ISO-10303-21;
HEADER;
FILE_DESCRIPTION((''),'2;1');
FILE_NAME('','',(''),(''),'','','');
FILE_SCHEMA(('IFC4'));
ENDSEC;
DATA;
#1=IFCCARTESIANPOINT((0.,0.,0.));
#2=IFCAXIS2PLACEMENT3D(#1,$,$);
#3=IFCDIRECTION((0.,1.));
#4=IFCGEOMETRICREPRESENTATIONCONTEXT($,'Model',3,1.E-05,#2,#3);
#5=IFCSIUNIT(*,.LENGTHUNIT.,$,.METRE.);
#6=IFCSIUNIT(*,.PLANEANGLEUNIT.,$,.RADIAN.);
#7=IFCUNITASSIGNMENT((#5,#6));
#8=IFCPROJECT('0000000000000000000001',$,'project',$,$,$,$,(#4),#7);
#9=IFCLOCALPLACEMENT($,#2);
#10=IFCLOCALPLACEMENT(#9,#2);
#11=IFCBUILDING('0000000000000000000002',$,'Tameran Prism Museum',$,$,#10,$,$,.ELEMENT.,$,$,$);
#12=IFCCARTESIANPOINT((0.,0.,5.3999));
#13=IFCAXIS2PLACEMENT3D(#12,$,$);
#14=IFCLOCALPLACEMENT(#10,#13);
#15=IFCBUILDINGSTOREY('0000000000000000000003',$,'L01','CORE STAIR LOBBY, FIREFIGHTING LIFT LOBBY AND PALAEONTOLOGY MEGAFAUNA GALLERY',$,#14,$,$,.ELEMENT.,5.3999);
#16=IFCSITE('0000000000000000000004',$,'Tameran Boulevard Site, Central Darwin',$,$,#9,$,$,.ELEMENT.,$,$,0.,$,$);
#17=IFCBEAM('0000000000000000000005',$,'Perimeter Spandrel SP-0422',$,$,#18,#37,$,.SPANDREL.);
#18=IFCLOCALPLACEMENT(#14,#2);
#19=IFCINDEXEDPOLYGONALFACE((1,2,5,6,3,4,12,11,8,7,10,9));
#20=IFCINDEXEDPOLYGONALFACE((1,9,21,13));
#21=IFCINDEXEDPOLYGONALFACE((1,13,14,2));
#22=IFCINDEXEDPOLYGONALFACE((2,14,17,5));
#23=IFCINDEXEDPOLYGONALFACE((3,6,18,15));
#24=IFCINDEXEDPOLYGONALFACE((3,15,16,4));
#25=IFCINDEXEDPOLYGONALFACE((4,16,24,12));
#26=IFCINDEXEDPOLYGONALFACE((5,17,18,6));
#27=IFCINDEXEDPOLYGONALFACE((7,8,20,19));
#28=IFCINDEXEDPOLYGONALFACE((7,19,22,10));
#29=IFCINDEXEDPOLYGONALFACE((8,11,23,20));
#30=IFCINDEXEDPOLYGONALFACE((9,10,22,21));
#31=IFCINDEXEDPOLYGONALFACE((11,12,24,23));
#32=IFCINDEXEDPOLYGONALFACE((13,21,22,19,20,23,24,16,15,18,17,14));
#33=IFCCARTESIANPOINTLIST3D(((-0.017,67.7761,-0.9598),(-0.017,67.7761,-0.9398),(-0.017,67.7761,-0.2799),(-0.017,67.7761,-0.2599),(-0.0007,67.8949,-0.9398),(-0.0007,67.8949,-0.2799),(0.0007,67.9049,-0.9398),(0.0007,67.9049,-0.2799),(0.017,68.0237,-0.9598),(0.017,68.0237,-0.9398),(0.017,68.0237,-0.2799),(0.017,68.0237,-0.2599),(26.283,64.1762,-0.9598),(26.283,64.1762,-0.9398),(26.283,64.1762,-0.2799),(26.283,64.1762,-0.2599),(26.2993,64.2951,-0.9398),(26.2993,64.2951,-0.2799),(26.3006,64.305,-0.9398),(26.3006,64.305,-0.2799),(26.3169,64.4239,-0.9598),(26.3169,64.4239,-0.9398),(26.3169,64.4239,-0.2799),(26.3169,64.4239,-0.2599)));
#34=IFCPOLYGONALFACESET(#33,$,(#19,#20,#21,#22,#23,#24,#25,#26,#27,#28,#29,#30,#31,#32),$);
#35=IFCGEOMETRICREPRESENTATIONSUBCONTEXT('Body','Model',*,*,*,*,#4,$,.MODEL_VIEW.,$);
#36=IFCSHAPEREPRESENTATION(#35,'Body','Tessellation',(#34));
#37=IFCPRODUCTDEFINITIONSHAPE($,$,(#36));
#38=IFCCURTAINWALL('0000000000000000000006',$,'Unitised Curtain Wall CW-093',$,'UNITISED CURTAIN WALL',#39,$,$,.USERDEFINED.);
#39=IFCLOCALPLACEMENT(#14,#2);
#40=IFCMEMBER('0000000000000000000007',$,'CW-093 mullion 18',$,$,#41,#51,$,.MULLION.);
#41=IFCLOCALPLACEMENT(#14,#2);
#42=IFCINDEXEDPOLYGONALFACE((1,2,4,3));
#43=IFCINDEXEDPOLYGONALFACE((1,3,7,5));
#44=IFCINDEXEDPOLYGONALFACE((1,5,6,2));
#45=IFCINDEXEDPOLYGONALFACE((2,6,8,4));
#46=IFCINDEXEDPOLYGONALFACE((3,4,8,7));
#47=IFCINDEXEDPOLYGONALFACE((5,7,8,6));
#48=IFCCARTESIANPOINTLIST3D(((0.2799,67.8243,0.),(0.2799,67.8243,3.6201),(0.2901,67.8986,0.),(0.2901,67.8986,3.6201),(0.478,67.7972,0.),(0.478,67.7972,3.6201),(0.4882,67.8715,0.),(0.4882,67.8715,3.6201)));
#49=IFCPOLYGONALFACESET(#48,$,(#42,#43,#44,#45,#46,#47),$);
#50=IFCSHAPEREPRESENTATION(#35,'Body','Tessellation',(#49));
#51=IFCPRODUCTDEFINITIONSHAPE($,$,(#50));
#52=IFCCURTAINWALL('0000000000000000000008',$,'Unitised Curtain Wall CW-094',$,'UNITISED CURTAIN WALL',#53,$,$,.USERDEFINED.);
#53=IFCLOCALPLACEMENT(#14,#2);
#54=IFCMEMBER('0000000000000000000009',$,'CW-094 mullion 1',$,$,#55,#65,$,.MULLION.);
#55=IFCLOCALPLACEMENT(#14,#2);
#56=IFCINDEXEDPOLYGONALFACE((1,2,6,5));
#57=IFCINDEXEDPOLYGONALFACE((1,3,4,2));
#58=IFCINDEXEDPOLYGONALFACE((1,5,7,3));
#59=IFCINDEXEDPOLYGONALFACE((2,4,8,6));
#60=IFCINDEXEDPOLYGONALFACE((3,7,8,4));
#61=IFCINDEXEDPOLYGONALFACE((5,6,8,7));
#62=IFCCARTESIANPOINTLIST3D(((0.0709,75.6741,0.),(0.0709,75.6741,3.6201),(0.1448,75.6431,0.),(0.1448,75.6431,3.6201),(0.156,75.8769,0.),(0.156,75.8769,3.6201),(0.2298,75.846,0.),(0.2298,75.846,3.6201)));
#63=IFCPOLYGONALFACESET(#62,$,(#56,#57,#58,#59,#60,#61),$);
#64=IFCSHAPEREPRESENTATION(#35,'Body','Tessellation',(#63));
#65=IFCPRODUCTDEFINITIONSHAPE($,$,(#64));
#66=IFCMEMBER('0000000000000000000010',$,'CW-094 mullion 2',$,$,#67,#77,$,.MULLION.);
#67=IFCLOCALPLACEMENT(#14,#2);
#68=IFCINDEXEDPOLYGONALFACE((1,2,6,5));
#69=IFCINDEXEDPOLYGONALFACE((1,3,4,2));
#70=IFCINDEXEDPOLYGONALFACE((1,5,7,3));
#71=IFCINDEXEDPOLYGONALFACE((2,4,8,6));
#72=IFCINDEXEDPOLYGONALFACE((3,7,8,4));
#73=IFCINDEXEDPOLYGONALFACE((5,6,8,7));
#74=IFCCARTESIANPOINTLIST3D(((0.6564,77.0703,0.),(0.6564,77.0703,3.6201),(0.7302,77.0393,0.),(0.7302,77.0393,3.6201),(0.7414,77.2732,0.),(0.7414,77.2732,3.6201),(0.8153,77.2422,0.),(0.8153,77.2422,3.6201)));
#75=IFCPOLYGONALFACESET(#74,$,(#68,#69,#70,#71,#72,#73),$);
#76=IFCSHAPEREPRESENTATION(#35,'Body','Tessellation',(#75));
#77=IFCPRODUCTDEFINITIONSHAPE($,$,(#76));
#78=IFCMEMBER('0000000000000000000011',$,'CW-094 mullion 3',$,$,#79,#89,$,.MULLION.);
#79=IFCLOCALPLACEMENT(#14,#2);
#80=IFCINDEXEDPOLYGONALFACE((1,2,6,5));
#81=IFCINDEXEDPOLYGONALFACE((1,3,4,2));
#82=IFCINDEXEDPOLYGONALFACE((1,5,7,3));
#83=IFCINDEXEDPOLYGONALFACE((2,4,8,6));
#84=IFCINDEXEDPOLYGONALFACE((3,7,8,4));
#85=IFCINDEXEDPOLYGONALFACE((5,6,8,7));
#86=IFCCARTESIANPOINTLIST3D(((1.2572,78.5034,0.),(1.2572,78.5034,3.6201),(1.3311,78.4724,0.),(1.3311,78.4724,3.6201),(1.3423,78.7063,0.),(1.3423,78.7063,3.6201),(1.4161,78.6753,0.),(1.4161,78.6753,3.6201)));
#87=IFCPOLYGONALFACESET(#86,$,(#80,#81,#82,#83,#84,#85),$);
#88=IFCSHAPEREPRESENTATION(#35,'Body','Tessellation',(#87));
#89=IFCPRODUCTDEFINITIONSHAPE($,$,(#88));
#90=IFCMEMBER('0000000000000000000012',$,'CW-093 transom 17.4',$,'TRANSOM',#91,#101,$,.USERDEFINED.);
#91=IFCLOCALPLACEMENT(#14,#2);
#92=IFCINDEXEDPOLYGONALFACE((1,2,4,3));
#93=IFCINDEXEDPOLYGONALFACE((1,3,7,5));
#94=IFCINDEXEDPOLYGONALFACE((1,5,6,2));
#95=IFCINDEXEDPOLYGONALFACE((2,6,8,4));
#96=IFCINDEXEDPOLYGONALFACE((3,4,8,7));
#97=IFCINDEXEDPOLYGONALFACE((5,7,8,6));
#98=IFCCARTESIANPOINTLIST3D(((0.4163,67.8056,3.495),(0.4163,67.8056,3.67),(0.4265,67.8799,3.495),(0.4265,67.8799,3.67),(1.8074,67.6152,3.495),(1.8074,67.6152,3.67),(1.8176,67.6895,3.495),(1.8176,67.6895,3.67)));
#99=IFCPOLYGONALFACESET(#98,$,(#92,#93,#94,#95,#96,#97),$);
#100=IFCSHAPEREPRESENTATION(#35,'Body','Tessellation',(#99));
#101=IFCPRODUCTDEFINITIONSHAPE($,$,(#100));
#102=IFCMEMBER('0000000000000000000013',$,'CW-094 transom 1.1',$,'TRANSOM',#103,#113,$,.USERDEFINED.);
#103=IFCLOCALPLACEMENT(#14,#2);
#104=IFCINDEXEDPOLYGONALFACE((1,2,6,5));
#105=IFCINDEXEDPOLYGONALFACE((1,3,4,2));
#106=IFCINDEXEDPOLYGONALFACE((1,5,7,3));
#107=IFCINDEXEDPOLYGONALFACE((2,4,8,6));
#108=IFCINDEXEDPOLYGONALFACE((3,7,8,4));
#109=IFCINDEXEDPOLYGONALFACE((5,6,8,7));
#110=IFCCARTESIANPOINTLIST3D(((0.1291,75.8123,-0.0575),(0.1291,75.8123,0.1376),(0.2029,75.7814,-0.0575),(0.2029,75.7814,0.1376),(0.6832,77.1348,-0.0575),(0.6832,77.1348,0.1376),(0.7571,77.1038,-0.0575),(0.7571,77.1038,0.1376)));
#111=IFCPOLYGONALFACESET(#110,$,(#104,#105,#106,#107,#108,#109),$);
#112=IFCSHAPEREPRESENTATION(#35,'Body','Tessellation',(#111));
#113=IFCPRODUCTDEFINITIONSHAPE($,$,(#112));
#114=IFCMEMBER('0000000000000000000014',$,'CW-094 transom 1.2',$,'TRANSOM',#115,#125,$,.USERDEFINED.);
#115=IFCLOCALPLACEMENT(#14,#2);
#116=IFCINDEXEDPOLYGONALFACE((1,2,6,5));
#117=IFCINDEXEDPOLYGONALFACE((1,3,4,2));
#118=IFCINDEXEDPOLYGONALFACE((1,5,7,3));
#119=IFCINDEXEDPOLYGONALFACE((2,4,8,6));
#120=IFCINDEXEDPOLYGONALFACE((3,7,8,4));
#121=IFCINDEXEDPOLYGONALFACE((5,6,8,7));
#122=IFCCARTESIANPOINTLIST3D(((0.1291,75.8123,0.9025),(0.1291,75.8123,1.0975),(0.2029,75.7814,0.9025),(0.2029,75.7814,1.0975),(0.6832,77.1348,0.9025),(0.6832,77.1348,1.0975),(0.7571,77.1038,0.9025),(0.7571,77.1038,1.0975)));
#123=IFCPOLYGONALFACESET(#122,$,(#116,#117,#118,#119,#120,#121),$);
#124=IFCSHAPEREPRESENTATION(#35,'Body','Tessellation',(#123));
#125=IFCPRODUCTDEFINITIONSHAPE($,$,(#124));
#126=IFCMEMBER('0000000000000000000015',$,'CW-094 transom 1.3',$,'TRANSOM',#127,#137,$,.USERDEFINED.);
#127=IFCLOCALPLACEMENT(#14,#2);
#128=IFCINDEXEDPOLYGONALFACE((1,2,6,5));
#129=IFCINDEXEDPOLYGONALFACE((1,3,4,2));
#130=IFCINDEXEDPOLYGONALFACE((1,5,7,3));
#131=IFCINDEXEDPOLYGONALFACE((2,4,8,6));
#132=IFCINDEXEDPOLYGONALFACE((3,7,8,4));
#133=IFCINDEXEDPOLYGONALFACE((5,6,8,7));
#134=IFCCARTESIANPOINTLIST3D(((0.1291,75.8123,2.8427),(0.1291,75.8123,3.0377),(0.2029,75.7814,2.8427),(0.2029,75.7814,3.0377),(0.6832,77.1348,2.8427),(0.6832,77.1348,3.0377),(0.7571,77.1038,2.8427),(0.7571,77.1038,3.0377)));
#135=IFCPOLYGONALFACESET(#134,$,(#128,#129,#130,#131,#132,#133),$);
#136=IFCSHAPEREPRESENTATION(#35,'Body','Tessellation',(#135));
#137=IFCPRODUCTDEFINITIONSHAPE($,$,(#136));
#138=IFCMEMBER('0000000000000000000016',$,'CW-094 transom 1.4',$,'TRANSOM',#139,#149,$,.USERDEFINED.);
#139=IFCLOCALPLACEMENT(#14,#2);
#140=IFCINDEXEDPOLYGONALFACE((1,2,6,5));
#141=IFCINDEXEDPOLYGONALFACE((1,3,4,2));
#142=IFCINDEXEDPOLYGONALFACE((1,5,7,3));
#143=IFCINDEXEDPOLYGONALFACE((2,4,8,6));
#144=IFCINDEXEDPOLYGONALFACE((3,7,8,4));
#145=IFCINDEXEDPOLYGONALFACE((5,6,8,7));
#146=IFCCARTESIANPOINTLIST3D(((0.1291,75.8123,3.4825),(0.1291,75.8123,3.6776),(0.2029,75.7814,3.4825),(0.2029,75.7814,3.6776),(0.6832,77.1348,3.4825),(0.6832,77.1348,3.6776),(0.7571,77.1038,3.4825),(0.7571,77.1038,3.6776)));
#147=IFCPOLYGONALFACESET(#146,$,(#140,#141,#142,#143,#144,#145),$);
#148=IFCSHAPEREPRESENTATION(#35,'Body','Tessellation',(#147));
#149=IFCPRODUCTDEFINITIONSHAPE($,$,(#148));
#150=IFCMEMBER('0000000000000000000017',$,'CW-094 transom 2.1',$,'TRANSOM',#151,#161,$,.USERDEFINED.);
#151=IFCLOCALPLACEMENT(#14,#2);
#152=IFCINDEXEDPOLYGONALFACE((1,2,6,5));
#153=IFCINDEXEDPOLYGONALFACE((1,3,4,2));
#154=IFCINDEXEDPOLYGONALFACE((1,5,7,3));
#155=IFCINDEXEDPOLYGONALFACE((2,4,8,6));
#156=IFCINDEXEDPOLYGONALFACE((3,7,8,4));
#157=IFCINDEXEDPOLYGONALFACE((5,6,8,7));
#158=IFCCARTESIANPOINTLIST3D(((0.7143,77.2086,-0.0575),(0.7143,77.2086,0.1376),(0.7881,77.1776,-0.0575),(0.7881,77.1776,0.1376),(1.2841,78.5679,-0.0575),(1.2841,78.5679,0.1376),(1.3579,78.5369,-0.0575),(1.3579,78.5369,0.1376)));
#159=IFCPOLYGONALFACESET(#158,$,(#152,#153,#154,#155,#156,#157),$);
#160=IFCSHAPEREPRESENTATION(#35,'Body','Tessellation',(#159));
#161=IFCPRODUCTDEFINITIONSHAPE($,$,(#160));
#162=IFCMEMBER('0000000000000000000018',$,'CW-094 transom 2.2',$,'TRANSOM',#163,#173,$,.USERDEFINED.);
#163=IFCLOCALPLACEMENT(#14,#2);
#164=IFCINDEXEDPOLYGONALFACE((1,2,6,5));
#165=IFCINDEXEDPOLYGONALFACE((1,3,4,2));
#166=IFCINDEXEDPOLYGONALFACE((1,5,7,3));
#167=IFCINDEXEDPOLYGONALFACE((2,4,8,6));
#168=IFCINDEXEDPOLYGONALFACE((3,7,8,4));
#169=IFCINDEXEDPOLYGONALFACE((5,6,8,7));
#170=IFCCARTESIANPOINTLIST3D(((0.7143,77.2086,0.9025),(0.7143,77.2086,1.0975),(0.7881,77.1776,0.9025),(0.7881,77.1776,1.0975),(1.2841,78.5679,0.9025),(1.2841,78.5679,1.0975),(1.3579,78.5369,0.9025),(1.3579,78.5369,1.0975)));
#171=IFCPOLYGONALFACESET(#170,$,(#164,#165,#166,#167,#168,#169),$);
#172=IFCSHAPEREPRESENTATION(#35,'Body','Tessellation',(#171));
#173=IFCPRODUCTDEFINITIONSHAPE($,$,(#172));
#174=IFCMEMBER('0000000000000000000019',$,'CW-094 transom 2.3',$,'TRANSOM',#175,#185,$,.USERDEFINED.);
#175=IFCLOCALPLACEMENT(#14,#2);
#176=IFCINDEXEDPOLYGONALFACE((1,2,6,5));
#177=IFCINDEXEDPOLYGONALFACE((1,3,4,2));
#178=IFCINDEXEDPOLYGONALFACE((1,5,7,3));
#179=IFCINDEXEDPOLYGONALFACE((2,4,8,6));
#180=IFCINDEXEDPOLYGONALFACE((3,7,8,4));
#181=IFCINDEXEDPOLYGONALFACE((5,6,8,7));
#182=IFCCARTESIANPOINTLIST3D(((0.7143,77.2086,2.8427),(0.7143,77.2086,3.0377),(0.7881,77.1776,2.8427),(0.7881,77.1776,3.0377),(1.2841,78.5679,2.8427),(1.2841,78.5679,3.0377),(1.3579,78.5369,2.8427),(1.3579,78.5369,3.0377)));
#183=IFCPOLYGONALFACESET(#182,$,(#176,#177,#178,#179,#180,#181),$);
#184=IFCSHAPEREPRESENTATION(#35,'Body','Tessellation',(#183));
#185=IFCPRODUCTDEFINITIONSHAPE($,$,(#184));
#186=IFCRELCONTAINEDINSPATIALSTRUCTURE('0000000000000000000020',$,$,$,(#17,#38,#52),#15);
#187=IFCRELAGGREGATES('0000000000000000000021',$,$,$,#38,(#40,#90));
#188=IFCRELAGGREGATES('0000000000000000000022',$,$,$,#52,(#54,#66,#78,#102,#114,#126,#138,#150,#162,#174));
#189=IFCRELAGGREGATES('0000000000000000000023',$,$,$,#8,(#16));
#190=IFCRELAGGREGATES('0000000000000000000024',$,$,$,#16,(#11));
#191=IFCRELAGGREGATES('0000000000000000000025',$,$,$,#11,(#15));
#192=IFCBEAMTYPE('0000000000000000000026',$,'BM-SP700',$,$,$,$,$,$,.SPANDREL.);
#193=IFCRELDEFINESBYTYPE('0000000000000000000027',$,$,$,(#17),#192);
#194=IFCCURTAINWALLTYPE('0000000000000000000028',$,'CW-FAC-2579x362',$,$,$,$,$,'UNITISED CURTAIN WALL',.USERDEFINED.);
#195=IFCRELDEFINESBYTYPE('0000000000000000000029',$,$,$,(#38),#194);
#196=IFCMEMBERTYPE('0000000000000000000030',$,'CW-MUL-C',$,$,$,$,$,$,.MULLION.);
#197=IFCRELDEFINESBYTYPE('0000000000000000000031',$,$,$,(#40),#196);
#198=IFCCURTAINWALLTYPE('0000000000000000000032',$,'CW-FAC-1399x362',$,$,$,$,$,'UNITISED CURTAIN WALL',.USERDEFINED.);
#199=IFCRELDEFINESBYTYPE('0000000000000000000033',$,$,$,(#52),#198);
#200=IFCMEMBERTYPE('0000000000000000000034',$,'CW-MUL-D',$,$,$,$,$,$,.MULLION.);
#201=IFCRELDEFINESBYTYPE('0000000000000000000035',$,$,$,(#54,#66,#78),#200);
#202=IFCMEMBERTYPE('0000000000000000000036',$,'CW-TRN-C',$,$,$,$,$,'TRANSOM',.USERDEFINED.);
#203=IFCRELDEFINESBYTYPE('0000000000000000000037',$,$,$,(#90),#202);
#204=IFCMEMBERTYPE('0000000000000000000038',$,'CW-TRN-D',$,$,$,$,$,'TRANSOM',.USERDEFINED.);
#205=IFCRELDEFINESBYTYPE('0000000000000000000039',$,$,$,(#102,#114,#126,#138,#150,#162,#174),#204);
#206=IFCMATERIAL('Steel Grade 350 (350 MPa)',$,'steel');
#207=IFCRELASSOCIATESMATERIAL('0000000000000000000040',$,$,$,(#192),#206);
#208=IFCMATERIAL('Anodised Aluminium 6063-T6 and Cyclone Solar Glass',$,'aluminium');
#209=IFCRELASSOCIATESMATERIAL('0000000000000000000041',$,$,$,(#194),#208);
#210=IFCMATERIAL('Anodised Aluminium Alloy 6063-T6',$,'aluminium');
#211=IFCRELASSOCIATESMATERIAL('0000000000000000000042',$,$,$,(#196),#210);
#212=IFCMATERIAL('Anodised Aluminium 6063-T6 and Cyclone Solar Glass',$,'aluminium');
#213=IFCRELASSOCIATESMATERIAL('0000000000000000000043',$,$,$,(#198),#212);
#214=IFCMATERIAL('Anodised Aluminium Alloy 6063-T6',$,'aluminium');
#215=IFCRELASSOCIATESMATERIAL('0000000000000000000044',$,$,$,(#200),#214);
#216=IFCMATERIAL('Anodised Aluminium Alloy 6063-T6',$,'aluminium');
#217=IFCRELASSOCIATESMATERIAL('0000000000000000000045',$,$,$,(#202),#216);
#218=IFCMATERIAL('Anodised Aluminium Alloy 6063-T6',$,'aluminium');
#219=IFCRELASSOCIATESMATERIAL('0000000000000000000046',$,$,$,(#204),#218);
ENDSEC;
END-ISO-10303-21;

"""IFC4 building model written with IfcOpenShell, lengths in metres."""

from ifc_helpers import new_model, si_unit, direction, frame, origin, origin_2d, place, context, subcontext, project, spatial, rectangle, i_section, extrude, material, material_profile, profile_set, type_object, element, aggregate, save


model = new_model("IFC4")

# Units and contexts
model_context = context("Model", 3, precision=1e-05, world=origin(), true_north=direction((0.0, 1.0)))
body_context = subcontext(model_context, "Body", "Model", "MODEL_VIEW")
ifc_project = project(units=[si_unit("LENGTHUNIT", "METRE"), si_unit("PLANEANGLEUNIT", "RADIAN")], contexts=[model_context])

# Site, building, storey
site_placement = place(None, origin())
site = spatial("IfcSite", under=ifc_project, at=site_placement, Name="Tameran Boulevard Site, Central Darwin", CompositionType="ELEMENT", RefElevation=0.0)
building_placement = place(site_placement, origin())
building = spatial("IfcBuilding", under=site, at=building_placement, Name="Tameran Prism Museum", CompositionType="ELEMENT")
storey_placement = place(building_placement, frame((0.0, 0.0, 5.3999)))
storey = spatial("IfcBuildingStorey", under=building, at=storey_placement, Name="L01", Description="CORE STAIR LOBBY, FIREFIGHTING LIFT LOBBY AND PALAEONTOLOGY MEGAFAUNA GALLERY", CompositionType="ELEMENT", Elevation=5.3999)

# Beam
ifc_material_1 = material(Name="Steel Grade 350 (350 MPa)", Category="steel")
ifc_material_profile_1 = material_profile(ifc_material_1, i_section(OverallWidth=0.25, OverallDepth=0.7, WebThickness=0.01, FlangeThickness=0.02, at=origin_2d()))
ifc_profile_set_1 = profile_set([ifc_material_profile_1])
beam_type_1 = type_object("IfcBeamType", Name="BM-SP700", PredefinedType="SPANDREL", material=ifc_profile_set_1)
beam_1_placement = place(storey_placement, frame((0.0, 67.8999, -0.6099), z_axis=(0.990762, -0.135612, 0.0), x_axis=(0.135612, 0.990762, 0.0)))
element("IfcBeam", 1, at=beam_1_placement, inside=storey, type_object=beam_type_1, Name="Perimeter Spandrel SP-0422", PredefinedType="SPANDREL", context=body_context, shape_type="SweptSolid", body=[
    extrude(i_section(OverallWidth=0.25, OverallDepth=0.7, WebThickness=0.01, FlangeThickness=0.02, at=origin_2d()), origin(), (0.0, 0.0, 1.0), 26.5452),
])

# Curtain wall, member
ifc_material_2 = material(Name="Anodised Aluminium 6063-T6 and Cyclone Solar Glass", Category="aluminium")
curtain_wall_type_1 = type_object("IfcCurtainWallType", Name="CW-FAC-2579x362", ElementType="UNITISED CURTAIN WALL", PredefinedType="USERDEFINED", material=ifc_material_2)
curtain_wall_1_placement = place(storey_placement, origin())
curtain_wall_1 = element("IfcCurtainWall", 2, at=curtain_wall_1_placement, inside=storey, type_object=curtain_wall_type_1, Name="Unitised Curtain Wall CW-093", ObjectType="UNITISED CURTAIN WALL", PredefinedType="USERDEFINED")
ifc_material_3 = material(Name="Anodised Aluminium Alloy 6063-T6", Category="aluminium")
ifc_material_profile_2 = material_profile(ifc_material_3, rectangle(XDim=0.075, YDim=0.2, at=origin_2d()))
ifc_profile_set_2 = profile_set([ifc_material_profile_2])
member_type_1 = type_object("IfcMemberType", Name="CW-MUL-C", PredefinedType="MULLION", material=ifc_profile_set_2)
member_1_placement = place(storey_placement, frame((0.384, 67.8479, 0.0), z_axis=(0.0, 0.0, 1.0), x_axis=(-0.135658, -0.990756, 0.0)))
member_1 = element("IfcMember", 3, at=member_1_placement, type_object=member_type_1, Name="CW-093 mullion 18", PredefinedType="MULLION", context=body_context, shape_type="SweptSolid", body=[
    extrude(rectangle(XDim=0.075, YDim=0.2, at=origin_2d()), origin(), (0.0, 0.0, 1.0), 3.6201),
])

# Curtain wall, members
ifc_material_4 = material(Name="Anodised Aluminium 6063-T6 and Cyclone Solar Glass", Category="aluminium")
curtain_wall_type_2 = type_object("IfcCurtainWallType", Name="CW-FAC-1399x362", ElementType="UNITISED CURTAIN WALL", PredefinedType="USERDEFINED", material=ifc_material_4)
curtain_wall_2_placement = place(storey_placement, origin())
curtain_wall_2 = element("IfcCurtainWall", 4, at=curtain_wall_2_placement, inside=storey, type_object=curtain_wall_type_2, Name="Unitised Curtain Wall CW-094", ObjectType="UNITISED CURTAIN WALL", PredefinedType="USERDEFINED")
ifc_material_5 = material(Name="Anodised Aluminium Alloy 6063-T6", Category="aluminium")
ifc_material_profile_3 = material_profile(ifc_material_5, rectangle(XDim=0.0801, YDim=0.22, at=origin_2d()))
ifc_profile_set_3 = profile_set([ifc_material_profile_3])
member_type_2 = type_object("IfcMemberType", Name="CW-MUL-D", PredefinedType="MULLION", material=ifc_profile_set_3)
member_2_placement = place(storey_placement, frame((0.1504, 75.76, 0.0), z_axis=(0.0, 0.0, 1.0), x_axis=(-0.922252, 0.386589, 0.0)))
member_2 = element("IfcMember", 5, at=member_2_placement, type_object=member_type_2, Name="CW-094 mullion 1", PredefinedType="MULLION", context=body_context, shape_type="SweptSolid", body=[
    extrude(rectangle(XDim=0.0801, YDim=0.22, at=origin_2d()), origin(), (0.0, 0.0, 1.0), 3.6201),
])
member_3_placement = place(storey_placement, frame((0.7358, 77.1562, 0.0), z_axis=(0.0, 0.0, 1.0), x_axis=(-0.922252, 0.386589, 0.0)))
member_3 = element("IfcMember", 6, at=member_3_placement, type_object=member_type_2, Name="CW-094 mullion 2", PredefinedType="MULLION", context=body_context, shape_type="SweptSolid", body=[
    extrude(rectangle(XDim=0.0801, YDim=0.22, at=origin_2d()), origin(), (0.0, 0.0, 1.0), 3.6201),
])
member_4_placement = place(storey_placement, frame((1.3367, 78.5894, 0.0), z_axis=(0.0, 0.0, 1.0), x_axis=(-0.922252, 0.386589, 0.0)))
member_4 = element("IfcMember", 7, at=member_4_placement, type_object=member_type_2, Name="CW-094 mullion 3", PredefinedType="MULLION", context=body_context, shape_type="SweptSolid", body=[
    extrude(rectangle(XDim=0.0801, YDim=0.22, at=origin_2d()), origin(), (0.0, 0.0, 1.0), 3.6201),
])

# Members
ifc_material_6 = material(Name="Anodised Aluminium Alloy 6063-T6", Category="aluminium")
ifc_material_profile_4 = material_profile(ifc_material_6, rectangle(XDim=0.075, YDim=0.175, at=origin_2d()))
ifc_profile_set_4 = profile_set([ifc_material_profile_4])
member_type_3 = type_object("IfcMemberType", Name="CW-TRN-C", ElementType="TRANSOM", PredefinedType="USERDEFINED", material=ifc_profile_set_4)
member_5_placement = place(storey_placement, frame((1.8125, 67.6523, 3.5825), z_axis=(-0.99076, 0.135625, 0.0), x_axis=(-0.135625, -0.99076, 0.0)))
member_5 = element("IfcMember", 8, at=member_5_placement, type_object=member_type_3, Name="CW-093 transom 17.4", ObjectType="TRANSOM", PredefinedType="USERDEFINED", context=body_context, shape_type="SweptSolid", body=[
    extrude(rectangle(XDim=0.075, YDim=0.175, at=origin_2d()), origin(), (0.0, 0.0, 1.0), 1.4041),
])
ifc_material_7 = material(Name="Anodised Aluminium Alloy 6063-T6", Category="aluminium")
ifc_material_profile_5 = material_profile(ifc_material_7, rectangle(XDim=0.0801, YDim=0.1951, at=origin_2d()))
ifc_profile_set_5 = profile_set([ifc_material_profile_5])
member_type_4 = type_object("IfcMemberType", Name="CW-TRN-D", ElementType="TRANSOM", PredefinedType="USERDEFINED", material=ifc_profile_set_5)
member_6_placement = place(storey_placement, frame((0.166, 75.7969, 0.04), z_axis=(0.386488, 0.922294, 0.0), x_axis=(-0.922294, 0.386488, 0.0)))
member_6 = element("IfcMember", 9, at=member_6_placement, type_object=member_type_4, Name="CW-094 transom 1.1", ObjectType="TRANSOM", PredefinedType="USERDEFINED", context=body_context, shape_type="SweptSolid", body=[
    extrude(rectangle(XDim=0.0801, YDim=0.1951, at=origin_2d()), origin(), (0.0, 0.0, 1.0), 1.4338),
])
member_7_placement = place(storey_placement, frame((0.166, 75.7969, 1.0), z_axis=(0.386488, 0.922294, 0.0), x_axis=(-0.922294, 0.386488, 0.0)))
member_7 = element("IfcMember", 10, at=member_7_placement, type_object=member_type_4, Name="CW-094 transom 1.2", ObjectType="TRANSOM", PredefinedType="USERDEFINED", context=body_context, shape_type="SweptSolid", body=[
    extrude(rectangle(XDim=0.0801, YDim=0.1951, at=origin_2d()), origin(), (0.0, 0.0, 1.0), 1.4338),
])
member_8_placement = place(storey_placement, frame((0.166, 75.7969, 2.9402), z_axis=(0.386488, 0.922294, 0.0), x_axis=(-0.922294, 0.386488, 0.0)))
member_8 = element("IfcMember", 11, at=member_8_placement, type_object=member_type_4, Name="CW-094 transom 1.3", ObjectType="TRANSOM", PredefinedType="USERDEFINED", context=body_context, shape_type="SweptSolid", body=[
    extrude(rectangle(XDim=0.0801, YDim=0.1951, at=origin_2d()), origin(), (0.0, 0.0, 1.0), 1.4338),
])
member_9_placement = place(storey_placement, frame((0.166, 75.7969, 3.5801), z_axis=(0.386488, 0.922294, 0.0), x_axis=(-0.922294, 0.386488, 0.0)))
member_9 = element("IfcMember", 12, at=member_9_placement, type_object=member_type_4, Name="CW-094 transom 1.4", ObjectType="TRANSOM", PredefinedType="USERDEFINED", context=body_context, shape_type="SweptSolid", body=[
    extrude(rectangle(XDim=0.0801, YDim=0.1951, at=origin_2d()), origin(), (0.0, 0.0, 1.0), 1.4338),
])
member_10_placement = place(storey_placement, frame((0.7512, 77.1931, 0.04), z_axis=(0.38659, 0.922252, 0.0), x_axis=(-0.922252, 0.38659, 0.0)))
member_10 = element("IfcMember", 13, at=member_10_placement, type_object=member_type_4, Name="CW-094 transom 2.1", ObjectType="TRANSOM", PredefinedType="USERDEFINED", context=body_context, shape_type="SweptSolid", body=[
    extrude(rectangle(XDim=0.0801, YDim=0.1951, at=origin_2d()), origin(), (0.0, 0.0, 1.0), 1.4739),
])
member_11_placement = place(storey_placement, frame((0.7512, 77.1931, 1.0), z_axis=(0.38659, 0.922252, 0.0), x_axis=(-0.922252, 0.38659, 0.0)))
member_11 = element("IfcMember", 14, at=member_11_placement, type_object=member_type_4, Name="CW-094 transom 2.2", ObjectType="TRANSOM", PredefinedType="USERDEFINED", context=body_context, shape_type="SweptSolid", body=[
    extrude(rectangle(XDim=0.0801, YDim=0.1951, at=origin_2d()), origin(), (0.0, 0.0, 1.0), 1.4739),
])
member_12_placement = place(storey_placement, frame((0.7512, 77.1931, 2.9402), z_axis=(0.38659, 0.922252, 0.0), x_axis=(-0.922252, 0.38659, 0.0)))
member_12 = element("IfcMember", 15, at=member_12_placement, type_object=member_type_4, Name="CW-094 transom 2.3", ObjectType="TRANSOM", PredefinedType="USERDEFINED", context=body_context, shape_type="SweptSolid", body=[
    extrude(rectangle(XDim=0.0801, YDim=0.1951, at=origin_2d()), origin(), (0.0, 0.0, 1.0), 1.4739),
])

aggregate(curtain_wall_1, [member_1, member_5])
aggregate(curtain_wall_2, [member_2, member_3, member_4, member_6, member_7, member_8, member_9, member_10, member_11, member_12])

save(model, "model.ifc")
